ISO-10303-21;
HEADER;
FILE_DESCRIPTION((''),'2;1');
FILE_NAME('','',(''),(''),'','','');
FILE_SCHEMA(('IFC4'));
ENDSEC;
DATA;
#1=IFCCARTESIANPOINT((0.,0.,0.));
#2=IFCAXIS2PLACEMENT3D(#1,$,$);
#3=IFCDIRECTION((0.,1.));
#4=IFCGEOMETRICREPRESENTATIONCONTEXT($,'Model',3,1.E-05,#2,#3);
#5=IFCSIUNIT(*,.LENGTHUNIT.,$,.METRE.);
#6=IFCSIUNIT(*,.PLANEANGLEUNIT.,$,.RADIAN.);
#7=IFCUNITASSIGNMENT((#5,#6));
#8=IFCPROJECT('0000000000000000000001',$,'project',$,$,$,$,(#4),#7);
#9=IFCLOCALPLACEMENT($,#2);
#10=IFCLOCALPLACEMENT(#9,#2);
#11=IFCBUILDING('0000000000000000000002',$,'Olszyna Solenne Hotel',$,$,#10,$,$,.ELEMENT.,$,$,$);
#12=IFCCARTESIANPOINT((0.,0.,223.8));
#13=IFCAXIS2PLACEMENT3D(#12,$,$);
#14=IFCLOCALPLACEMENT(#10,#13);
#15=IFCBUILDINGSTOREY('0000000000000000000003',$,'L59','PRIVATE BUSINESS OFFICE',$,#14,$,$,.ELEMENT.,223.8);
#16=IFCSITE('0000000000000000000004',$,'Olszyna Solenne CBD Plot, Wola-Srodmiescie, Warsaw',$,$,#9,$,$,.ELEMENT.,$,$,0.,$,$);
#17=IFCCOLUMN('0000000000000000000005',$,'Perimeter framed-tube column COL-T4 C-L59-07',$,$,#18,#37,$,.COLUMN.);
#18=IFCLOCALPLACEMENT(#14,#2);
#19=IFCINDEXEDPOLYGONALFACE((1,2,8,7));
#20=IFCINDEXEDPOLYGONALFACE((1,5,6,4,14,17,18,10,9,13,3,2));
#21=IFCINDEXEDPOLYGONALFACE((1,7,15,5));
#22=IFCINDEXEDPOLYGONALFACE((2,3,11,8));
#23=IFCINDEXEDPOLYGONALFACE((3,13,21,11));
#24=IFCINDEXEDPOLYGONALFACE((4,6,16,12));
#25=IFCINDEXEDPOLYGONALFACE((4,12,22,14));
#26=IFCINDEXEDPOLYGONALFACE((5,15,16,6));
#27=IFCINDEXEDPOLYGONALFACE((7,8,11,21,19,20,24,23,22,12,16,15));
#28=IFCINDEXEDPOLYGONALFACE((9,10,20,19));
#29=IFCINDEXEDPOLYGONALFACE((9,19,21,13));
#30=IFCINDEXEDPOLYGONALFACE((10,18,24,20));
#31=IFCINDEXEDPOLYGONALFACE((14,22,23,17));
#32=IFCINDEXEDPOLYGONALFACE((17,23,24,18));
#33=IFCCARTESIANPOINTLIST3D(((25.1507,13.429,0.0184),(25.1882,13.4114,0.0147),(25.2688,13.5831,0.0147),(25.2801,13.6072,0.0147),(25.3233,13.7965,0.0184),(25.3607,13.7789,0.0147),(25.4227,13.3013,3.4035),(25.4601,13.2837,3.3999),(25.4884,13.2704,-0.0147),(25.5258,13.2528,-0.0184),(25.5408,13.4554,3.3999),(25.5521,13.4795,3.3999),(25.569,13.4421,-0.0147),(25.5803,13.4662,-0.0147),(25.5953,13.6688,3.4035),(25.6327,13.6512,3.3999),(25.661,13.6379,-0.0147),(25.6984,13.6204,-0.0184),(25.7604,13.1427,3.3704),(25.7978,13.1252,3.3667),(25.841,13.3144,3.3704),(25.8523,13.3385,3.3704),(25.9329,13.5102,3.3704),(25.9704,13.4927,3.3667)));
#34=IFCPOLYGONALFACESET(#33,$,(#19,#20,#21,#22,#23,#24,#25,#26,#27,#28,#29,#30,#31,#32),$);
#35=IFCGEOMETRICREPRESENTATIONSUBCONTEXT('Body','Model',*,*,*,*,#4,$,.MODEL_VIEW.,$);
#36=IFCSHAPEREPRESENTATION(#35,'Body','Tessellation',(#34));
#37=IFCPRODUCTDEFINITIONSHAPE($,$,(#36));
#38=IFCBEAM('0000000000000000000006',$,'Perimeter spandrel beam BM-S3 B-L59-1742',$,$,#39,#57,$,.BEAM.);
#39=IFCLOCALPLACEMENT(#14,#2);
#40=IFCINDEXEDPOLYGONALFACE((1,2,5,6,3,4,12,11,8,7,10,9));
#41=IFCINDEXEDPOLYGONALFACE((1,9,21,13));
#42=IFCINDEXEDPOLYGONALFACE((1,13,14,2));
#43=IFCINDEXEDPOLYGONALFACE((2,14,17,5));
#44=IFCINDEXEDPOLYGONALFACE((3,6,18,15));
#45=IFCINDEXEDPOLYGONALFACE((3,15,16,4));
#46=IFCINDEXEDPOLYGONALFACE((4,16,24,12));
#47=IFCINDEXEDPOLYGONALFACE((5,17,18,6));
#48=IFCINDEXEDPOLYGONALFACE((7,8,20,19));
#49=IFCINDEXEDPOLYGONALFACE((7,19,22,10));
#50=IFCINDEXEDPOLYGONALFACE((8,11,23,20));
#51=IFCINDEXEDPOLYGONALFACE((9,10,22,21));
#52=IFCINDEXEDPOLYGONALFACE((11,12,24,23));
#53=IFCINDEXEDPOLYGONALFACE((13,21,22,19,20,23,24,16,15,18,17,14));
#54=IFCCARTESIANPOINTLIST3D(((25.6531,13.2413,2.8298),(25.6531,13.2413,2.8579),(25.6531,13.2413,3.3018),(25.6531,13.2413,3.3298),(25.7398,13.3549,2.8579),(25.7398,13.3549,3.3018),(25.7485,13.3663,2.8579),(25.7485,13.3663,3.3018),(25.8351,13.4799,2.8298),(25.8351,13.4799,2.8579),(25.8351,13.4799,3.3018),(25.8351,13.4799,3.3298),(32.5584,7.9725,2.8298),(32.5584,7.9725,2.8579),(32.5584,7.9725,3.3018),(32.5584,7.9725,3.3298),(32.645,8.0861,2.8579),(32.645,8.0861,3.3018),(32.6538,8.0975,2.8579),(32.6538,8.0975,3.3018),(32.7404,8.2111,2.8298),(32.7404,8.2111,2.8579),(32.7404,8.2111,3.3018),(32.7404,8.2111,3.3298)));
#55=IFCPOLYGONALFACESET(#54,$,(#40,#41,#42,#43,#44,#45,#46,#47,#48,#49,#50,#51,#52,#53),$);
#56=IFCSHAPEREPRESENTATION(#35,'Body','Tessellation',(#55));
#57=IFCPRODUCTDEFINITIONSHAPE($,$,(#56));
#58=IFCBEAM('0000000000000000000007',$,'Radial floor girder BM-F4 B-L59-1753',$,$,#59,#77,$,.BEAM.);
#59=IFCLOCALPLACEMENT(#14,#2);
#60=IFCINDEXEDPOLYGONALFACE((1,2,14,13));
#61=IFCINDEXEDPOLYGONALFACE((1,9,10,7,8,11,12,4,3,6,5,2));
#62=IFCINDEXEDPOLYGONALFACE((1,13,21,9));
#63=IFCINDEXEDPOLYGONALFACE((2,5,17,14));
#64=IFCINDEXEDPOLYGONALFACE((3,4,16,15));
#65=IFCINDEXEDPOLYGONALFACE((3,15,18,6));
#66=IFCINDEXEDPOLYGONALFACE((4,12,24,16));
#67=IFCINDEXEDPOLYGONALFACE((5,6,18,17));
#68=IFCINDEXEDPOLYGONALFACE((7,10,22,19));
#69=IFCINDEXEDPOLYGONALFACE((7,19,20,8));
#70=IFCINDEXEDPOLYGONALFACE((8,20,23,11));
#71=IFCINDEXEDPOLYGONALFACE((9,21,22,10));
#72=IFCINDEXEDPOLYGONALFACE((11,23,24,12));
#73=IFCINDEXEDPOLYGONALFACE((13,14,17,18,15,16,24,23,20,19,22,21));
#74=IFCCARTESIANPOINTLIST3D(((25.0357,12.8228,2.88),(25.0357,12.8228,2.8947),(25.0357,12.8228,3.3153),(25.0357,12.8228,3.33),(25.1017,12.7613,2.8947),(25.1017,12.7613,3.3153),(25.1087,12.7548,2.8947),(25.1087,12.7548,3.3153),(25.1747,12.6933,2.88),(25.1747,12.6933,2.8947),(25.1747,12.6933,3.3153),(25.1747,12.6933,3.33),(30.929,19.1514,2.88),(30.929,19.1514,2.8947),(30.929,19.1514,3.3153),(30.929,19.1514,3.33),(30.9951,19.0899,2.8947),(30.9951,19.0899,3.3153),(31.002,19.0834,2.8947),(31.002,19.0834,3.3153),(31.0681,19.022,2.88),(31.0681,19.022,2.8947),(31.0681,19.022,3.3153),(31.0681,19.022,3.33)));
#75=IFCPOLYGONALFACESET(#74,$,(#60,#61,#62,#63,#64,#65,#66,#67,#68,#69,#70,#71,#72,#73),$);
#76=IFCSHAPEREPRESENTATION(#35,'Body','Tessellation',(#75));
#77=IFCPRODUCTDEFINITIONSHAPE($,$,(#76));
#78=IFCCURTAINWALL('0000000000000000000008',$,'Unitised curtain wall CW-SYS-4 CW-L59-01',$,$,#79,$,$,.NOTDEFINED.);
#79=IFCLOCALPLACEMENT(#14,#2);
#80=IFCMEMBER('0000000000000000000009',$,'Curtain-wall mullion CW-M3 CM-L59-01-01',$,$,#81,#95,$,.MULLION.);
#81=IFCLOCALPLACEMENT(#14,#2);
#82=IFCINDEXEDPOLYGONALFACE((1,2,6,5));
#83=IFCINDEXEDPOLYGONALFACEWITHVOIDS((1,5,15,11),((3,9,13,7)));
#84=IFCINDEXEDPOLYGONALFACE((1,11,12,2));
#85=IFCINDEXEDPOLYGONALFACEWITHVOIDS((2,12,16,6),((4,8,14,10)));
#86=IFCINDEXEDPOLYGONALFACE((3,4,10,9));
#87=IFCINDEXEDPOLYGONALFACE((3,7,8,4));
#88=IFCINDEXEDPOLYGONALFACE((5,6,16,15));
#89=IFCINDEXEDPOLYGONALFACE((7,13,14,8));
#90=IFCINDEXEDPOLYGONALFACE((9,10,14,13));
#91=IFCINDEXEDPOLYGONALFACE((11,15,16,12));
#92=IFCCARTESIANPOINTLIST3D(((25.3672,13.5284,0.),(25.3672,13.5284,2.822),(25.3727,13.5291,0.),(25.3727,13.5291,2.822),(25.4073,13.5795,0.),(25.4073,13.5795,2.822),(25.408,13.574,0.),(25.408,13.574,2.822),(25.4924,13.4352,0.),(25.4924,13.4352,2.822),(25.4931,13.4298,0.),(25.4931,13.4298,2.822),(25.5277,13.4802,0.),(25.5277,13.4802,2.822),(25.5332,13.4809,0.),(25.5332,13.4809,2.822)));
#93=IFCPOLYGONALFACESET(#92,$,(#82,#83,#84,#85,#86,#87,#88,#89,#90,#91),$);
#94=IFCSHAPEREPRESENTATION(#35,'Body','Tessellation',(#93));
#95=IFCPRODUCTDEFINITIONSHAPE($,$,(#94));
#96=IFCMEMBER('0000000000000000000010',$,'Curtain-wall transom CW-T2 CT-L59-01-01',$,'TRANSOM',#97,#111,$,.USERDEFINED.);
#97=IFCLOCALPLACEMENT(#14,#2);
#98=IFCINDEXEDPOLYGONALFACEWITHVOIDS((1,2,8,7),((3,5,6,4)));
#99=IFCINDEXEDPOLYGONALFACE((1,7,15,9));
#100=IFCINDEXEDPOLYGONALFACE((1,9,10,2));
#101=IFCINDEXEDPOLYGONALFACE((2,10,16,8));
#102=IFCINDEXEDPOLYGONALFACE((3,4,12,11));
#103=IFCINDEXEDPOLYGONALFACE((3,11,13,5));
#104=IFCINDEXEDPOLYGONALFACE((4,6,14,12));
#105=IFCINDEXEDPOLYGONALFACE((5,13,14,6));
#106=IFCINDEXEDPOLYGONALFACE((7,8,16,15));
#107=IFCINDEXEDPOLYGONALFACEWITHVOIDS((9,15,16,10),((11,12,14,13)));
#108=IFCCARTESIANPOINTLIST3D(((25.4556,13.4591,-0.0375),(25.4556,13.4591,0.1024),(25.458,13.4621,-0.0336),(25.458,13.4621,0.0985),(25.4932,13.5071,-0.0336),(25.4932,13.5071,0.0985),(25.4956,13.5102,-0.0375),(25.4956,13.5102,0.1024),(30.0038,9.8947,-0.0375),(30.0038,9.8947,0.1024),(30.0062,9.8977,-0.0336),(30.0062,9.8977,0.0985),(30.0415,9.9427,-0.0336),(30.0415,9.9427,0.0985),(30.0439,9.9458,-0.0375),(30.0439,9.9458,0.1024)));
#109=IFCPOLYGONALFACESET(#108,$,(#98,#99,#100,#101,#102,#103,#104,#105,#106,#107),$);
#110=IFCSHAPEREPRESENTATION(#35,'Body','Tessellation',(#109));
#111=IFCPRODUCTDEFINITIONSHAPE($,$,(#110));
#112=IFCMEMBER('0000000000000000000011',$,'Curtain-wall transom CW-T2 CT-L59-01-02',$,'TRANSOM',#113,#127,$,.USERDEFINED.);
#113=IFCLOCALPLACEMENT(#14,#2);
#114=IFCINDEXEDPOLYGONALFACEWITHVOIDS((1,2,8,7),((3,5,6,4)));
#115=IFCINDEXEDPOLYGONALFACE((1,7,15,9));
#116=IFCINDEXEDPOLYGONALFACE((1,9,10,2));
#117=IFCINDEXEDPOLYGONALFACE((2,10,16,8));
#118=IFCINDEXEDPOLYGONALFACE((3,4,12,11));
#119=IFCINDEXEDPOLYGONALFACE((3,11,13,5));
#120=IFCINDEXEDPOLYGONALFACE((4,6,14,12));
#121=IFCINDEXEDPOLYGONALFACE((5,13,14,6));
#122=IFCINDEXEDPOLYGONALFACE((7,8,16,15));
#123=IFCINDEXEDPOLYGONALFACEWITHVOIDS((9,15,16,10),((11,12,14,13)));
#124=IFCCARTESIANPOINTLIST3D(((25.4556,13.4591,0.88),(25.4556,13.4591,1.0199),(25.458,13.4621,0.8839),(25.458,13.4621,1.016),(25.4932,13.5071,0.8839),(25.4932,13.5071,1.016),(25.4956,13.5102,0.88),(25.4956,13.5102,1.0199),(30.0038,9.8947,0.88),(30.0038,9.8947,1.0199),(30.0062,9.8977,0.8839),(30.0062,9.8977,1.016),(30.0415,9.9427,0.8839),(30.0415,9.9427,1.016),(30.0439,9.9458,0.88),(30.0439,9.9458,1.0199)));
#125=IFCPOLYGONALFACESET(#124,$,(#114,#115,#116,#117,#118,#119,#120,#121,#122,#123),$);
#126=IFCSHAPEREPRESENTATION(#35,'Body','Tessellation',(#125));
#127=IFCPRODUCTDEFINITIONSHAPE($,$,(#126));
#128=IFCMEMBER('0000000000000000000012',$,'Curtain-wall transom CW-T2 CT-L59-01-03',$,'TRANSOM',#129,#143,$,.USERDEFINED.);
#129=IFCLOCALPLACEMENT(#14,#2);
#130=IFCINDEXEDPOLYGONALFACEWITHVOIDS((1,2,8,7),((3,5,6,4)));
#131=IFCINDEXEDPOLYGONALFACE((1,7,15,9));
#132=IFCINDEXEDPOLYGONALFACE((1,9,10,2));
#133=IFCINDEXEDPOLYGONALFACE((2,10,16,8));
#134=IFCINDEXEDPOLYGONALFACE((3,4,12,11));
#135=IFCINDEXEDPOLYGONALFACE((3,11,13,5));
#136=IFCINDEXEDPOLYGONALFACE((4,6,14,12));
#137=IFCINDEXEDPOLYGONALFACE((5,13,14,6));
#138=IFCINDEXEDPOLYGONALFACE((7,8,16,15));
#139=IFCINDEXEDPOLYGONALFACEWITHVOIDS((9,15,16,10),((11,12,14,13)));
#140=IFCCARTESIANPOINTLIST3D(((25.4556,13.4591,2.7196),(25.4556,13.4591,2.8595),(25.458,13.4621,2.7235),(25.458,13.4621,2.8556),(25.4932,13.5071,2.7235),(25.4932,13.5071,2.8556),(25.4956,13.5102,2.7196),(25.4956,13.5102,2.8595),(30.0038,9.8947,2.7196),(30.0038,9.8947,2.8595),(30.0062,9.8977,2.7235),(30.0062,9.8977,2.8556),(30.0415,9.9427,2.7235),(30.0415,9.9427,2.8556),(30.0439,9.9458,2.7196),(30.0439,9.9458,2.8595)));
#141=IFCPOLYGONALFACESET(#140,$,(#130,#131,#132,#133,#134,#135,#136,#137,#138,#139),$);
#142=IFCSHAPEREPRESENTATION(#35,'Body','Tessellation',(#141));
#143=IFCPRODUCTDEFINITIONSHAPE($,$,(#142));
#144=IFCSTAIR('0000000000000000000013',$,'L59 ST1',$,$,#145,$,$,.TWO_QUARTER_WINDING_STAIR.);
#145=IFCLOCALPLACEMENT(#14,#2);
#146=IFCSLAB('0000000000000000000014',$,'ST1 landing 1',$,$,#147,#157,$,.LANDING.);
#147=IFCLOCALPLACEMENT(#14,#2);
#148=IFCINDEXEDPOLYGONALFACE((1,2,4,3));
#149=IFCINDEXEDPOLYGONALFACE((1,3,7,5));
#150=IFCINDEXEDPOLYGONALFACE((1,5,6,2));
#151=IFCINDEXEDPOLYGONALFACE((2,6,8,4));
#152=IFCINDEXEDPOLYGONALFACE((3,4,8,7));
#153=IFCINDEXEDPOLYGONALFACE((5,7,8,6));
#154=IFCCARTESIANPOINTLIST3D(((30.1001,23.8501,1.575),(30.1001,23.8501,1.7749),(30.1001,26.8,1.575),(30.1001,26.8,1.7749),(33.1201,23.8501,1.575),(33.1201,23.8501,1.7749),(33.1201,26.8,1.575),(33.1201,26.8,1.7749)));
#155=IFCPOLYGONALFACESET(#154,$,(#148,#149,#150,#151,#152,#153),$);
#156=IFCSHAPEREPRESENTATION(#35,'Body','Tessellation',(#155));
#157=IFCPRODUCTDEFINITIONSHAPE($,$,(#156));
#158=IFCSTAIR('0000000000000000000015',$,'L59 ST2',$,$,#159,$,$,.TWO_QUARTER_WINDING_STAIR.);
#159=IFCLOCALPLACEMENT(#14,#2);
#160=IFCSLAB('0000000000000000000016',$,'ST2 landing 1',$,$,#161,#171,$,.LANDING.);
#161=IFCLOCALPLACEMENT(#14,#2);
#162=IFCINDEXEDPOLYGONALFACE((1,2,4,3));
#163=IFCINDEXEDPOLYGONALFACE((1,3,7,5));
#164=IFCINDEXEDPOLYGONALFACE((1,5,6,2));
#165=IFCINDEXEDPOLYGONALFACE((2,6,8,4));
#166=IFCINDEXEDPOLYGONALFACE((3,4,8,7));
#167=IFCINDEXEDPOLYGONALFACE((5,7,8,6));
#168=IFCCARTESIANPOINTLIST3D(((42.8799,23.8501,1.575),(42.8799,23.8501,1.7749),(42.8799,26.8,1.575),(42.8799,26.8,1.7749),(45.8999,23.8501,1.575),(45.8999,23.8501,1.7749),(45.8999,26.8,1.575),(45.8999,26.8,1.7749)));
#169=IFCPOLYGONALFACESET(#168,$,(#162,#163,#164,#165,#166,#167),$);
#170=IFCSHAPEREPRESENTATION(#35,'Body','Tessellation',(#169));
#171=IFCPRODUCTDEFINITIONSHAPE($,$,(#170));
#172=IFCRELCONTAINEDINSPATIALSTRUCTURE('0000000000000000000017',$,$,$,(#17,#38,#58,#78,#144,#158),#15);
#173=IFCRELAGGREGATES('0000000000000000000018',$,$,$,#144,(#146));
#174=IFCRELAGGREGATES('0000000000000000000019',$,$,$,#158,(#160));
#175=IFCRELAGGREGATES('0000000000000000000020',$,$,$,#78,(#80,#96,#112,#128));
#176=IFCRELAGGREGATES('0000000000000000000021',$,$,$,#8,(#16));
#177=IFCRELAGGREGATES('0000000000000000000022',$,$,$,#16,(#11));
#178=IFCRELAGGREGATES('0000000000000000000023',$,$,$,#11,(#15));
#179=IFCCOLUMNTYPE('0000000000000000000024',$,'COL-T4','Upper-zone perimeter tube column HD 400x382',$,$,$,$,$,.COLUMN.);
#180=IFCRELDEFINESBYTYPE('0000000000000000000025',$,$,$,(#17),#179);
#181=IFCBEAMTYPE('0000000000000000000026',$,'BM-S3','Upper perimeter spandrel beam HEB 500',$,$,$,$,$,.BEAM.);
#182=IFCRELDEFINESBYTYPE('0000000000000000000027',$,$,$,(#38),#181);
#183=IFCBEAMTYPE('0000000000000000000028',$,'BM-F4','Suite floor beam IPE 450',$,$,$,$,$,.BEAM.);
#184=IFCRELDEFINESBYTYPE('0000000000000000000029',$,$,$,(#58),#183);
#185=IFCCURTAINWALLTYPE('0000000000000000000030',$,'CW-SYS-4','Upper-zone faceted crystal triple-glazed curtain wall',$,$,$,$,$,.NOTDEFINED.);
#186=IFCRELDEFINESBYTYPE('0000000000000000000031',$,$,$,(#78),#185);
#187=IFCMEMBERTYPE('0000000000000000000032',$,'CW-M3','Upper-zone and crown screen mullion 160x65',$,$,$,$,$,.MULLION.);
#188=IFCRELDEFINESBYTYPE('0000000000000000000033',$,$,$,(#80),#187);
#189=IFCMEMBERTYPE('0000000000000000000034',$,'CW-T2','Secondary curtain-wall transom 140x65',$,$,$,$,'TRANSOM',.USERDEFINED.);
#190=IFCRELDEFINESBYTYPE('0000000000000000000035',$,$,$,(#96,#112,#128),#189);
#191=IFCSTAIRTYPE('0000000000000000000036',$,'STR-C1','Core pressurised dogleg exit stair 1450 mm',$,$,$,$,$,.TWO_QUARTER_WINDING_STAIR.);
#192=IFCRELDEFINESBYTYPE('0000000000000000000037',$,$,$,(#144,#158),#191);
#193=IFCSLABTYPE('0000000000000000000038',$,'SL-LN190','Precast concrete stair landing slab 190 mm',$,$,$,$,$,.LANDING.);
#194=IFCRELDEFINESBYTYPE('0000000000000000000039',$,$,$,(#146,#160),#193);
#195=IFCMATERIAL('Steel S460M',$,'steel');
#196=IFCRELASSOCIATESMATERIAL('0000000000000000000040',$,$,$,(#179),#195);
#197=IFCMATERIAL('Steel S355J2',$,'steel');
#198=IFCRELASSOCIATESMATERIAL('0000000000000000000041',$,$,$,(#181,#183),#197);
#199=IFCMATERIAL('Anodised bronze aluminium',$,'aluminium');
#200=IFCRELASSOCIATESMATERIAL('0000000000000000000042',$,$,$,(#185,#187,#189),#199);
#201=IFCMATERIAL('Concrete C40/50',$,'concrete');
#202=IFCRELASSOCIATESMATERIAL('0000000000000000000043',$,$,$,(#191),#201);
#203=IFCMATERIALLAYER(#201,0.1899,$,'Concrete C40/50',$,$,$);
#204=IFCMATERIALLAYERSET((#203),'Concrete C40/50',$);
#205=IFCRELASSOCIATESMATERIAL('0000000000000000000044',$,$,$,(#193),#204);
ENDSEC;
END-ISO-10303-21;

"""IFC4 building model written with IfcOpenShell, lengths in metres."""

from ifc_helpers import new_model, si_unit, direction, frame, origin, origin_2d, place, context, subcontext, project, spatial, polyline, hollow_rectangle, i_section, outline, extrude, source, transform, mapped, material, layer, layer_set, material_profile, profile_set, type_object, element, aggregate, save


model = new_model("IFC4")

# Units and contexts
model_context = context("Model", 3, precision=1e-05, world=origin(), true_north=direction((0.0, 1.0)))
body_context = subcontext(model_context, "Body", "Model", "MODEL_VIEW")
ifc_project = project(units=[si_unit("LENGTHUNIT", "METRE"), si_unit("PLANEANGLEUNIT", "RADIAN")], contexts=[model_context])

# Site, building, storey
site_placement = place(None, origin())
site = spatial("IfcSite", under=ifc_project, at=site_placement, Name="Olszyna Solenne CBD Plot, Wola-Srodmiescie, Warsaw", CompositionType="ELEMENT", RefElevation=0.0)
building_placement = place(site_placement, origin())
building = spatial("IfcBuilding", under=site, at=building_placement, Name="Olszyna Solenne Hotel", CompositionType="ELEMENT")
storey_placement = place(building_placement, frame((0.0, 0.0, 223.8)))
storey = spatial("IfcBuildingStorey", under=building, at=storey_placement, Name="L59", Description="PRIVATE BUSINESS OFFICE", CompositionType="ELEMENT", Elevation=223.8)

# Column
ifc_material_1 = material(Name="Steel S460M", Category="steel")
ifc_material_profile_1 = material_profile(ifc_material_1, i_section(OverallWidth=0.406, OverallDepth=0.416, WebThickness=0.0266, FlangeThickness=0.0415, at=origin_2d()), Name="HD 400x382", Category="load-bearing")
ifc_profile_set_1 = profile_set([ifc_material_profile_1], Name="Steel S460M")
column_type = type_object("IfcColumnType", Name="COL-T4", Description="Upper-zone perimeter tube column HD 400x382", PredefinedType="COLUMN", material=ifc_profile_set_1)
shared_shape_1 = source(origin(), body_context, "Body", "SweptSolid", [
    extrude(i_section(OverallWidth=0.406, OverallDepth=0.416, WebThickness=0.0266, FlangeThickness=0.0415, at=origin_2d()), origin(), (0.0, 0.0, 1.0), 3.3984),
])
column_placement = place(storey_placement, frame((25.4246, 13.5247, 0.0), z_axis=(0.080032, -0.037573, 0.996084), x_axis=(0.424975, 0.905205, 0.0)))
element("IfcColumn", 1, at=column_placement, inside=storey, type_object=column_type, Name="Perimeter framed-tube column COL-T4 C-L59-07", PredefinedType="COLUMN", context=body_context, shape_type="MappedRepresentation", body=[
    mapped(shared_shape_1, transform((0.0, 0.0, 0.0), x_axis=(1.0, 0.0, 0.0), y_axis=(0.0, 1.0, 0.0), z_axis=(0.0, 0.0, 1.0), scale=1.0)),
])

# Beams
ifc_material_2 = material(Name="Steel S355J2", Category="steel")
ifc_material_profile_2 = material_profile(ifc_material_2, i_section(OverallWidth=0.3, OverallDepth=0.5, WebThickness=0.0144, FlangeThickness=0.0281, at=origin_2d()), Name="HEB 500", Category="load-bearing")
ifc_profile_set_2 = profile_set([ifc_material_profile_2], Name="Steel S355J2")
beam_type_1 = type_object("IfcBeamType", Name="BM-S3", Description="Upper perimeter spandrel beam HEB 500", PredefinedType="BEAM", material=ifc_profile_set_2)
shared_shape_2 = source(origin(), body_context, "Body", "SweptSolid", [
    extrude(i_section(OverallWidth=0.3, OverallDepth=0.5, WebThickness=0.0144, FlangeThickness=0.0281, at=origin_2d()), origin(), (0.0, 0.0, 1.0), 8.6858),
])
beam_1_placement = place(storey_placement, frame((25.7441, 13.3606, 3.0798), z_axis=(0.795008, -0.606599, 0.0), x_axis=(0.606599, 0.795008, 0.0)))
element("IfcBeam", 2, at=beam_1_placement, inside=storey, type_object=beam_type_1, Name="Perimeter spandrel beam BM-S3 B-L59-1742", PredefinedType="BEAM", context=body_context, shape_type="MappedRepresentation", body=[
    mapped(shared_shape_2, transform((0.0, 0.0, 0.0), x_axis=(1.0, 0.0, 0.0), y_axis=(0.0, 1.0, 0.0), z_axis=(0.0, 0.0, 1.0), scale=1.0)),
])
ifc_material_profile_3 = material_profile(ifc_material_2, i_section(OverallWidth=0.1899, OverallDepth=0.45, WebThickness=0.0095, FlangeThickness=0.0146, at=origin_2d()), Name="IPE 450", Category="load-bearing")
ifc_profile_set_3 = profile_set([ifc_material_profile_3], Name="Steel S355J2")
beam_type_2 = type_object("IfcBeamType", Name="BM-F4", Description="Suite floor beam IPE 450", PredefinedType="BEAM", material=ifc_profile_set_3)
shared_shape_3 = source(origin(), body_context, "Body", "SweptSolid", [
    extrude(i_section(OverallWidth=0.1899, OverallDepth=0.45, WebThickness=0.0095, FlangeThickness=0.0146, at=origin_2d()), origin(), (0.0, 0.0, 1.0), 8.6477),
])
beam_2_placement = place(storey_placement, frame((25.1052, 12.7581, 3.105), z_axis=(0.68149, 0.731827, 0.0), x_axis=(-0.731827, 0.68149, 0.0)))
element("IfcBeam", 3, at=beam_2_placement, inside=storey, type_object=beam_type_2, Name="Radial floor girder BM-F4 B-L59-1753", PredefinedType="BEAM", context=body_context, shape_type="MappedRepresentation", body=[
    mapped(shared_shape_3, transform((0.0, 0.0, 0.0), x_axis=(1.0, 0.0, 0.0), y_axis=(0.0, 1.0, 0.0), z_axis=(0.0, 0.0, 1.0), scale=1.0)),
])

# Curtain wall, members
ifc_material_3 = material(Name="Anodised bronze aluminium", Category="aluminium")
curtain_wall_type = type_object("IfcCurtainWallType", Name="CW-SYS-4", Description="Upper-zone faceted crystal triple-glazed curtain wall", PredefinedType="NOTDEFINED", material=ifc_material_3)
curtain_wall_placement = place(storey_placement, origin())
curtain_wall = element("IfcCurtainWall", 4, at=curtain_wall_placement, inside=storey, type_object=curtain_wall_type, Name="Unitised curtain wall CW-SYS-4 CW-L59-01", PredefinedType="NOTDEFINED")
ifc_material_profile_4 = material_profile(ifc_material_3, hollow_rectangle(XDim=0.0649, YDim=0.1599, WallThickness=0.0039, at=origin_2d()), Name="MULL 160x65x4", Category="load-bearing")
ifc_profile_set_4 = profile_set([ifc_material_profile_4], Name="Anodised bronze aluminium")
member_type_1 = type_object("IfcMemberType", Name="CW-M3", Description="Upper-zone and crown screen mullion 160x65", PredefinedType="MULLION", material=ifc_profile_set_4)
shared_shape_4 = source(origin(), body_context, "Body", "SweptSolid", [
    extrude(hollow_rectangle(XDim=0.0649, YDim=0.1599, WallThickness=0.0039, at=origin_2d()), origin(), (0.0, 0.0, 1.0), 2.822),
])
member_1_placement = place(storey_placement, frame((25.4502, 13.5046, 0.0), z_axis=(0.0, 0.0, 1.0), x_axis=(0.616851, 0.78708, 0.0)))
member_1 = element("IfcMember", 5, at=member_1_placement, type_object=member_type_1, Name="Curtain-wall mullion CW-M3 CM-L59-01-01", PredefinedType="MULLION", context=body_context, shape_type="MappedRepresentation", body=[
    mapped(shared_shape_4, transform((0.0, 0.0, 0.0), x_axis=(1.0, 0.0, 0.0), y_axis=(0.0, 1.0, 0.0), z_axis=(0.0, 0.0, 1.0), scale=1.0)),
])
ifc_material_profile_5 = material_profile(ifc_material_3, hollow_rectangle(XDim=0.0649, YDim=0.1399, WallThickness=0.0039, at=origin_2d()), Name="TRAN 140x65x4", Category="load-bearing")
ifc_profile_set_5 = profile_set([ifc_material_profile_5], Name="Anodised bronze aluminium")
member_type_2 = type_object("IfcMemberType", Name="CW-T2", Description="Secondary curtain-wall transom 140x65", ElementType="TRANSOM", PredefinedType="USERDEFINED", material=ifc_profile_set_5)
shared_shape_5 = source(origin(), body_context, "Body", "SweptSolid", [
    extrude(hollow_rectangle(XDim=0.0649, YDim=0.1399, WallThickness=0.0039, at=origin_2d()), origin(), (0.0, 0.0, 1.0), 5.7786),
])
member_2_placement = place(storey_placement, frame((25.4756, 13.4846, 0.0325), z_axis=(0.787095, -0.616832, 0.0), x_axis=(0.616832, 0.787095, 0.0)))
member_2 = element("IfcMember", 6, at=member_2_placement, type_object=member_type_2, Name="Curtain-wall transom CW-T2 CT-L59-01-01", ObjectType="TRANSOM", PredefinedType="USERDEFINED", context=body_context, shape_type="MappedRepresentation", body=[
    mapped(shared_shape_5, transform((0.0, 0.0, 0.0), x_axis=(1.0, 0.0, 0.0), y_axis=(0.0, 1.0, 0.0), z_axis=(0.0, 0.0, 1.0), scale=1.0)),
])
member_3_placement = place(storey_placement, frame((25.4756, 13.4846, 0.95), z_axis=(0.787095, -0.616832, 0.0), x_axis=(0.616832, 0.787095, 0.0)))
member_3 = element("IfcMember", 7, at=member_3_placement, type_object=member_type_2, Name="Curtain-wall transom CW-T2 CT-L59-01-02", ObjectType="TRANSOM", PredefinedType="USERDEFINED", context=body_context, shape_type="MappedRepresentation", body=[
    mapped(shared_shape_5, transform((0.0, 0.0, 0.0), x_axis=(1.0, 0.0, 0.0), y_axis=(0.0, 1.0, 0.0), z_axis=(0.0, 0.0, 1.0), scale=1.0)),
])
member_4_placement = place(storey_placement, frame((25.4756, 13.4846, 2.7896), z_axis=(0.787095, -0.616832, 0.0), x_axis=(0.616832, 0.787095, 0.0)))
member_4 = element("IfcMember", 8, at=member_4_placement, type_object=member_type_2, Name="Curtain-wall transom CW-T2 CT-L59-01-03", ObjectType="TRANSOM", PredefinedType="USERDEFINED", context=body_context, shape_type="MappedRepresentation", body=[
    mapped(shared_shape_5, transform((0.0, 0.0, 0.0), x_axis=(1.0, 0.0, 0.0), y_axis=(0.0, 1.0, 0.0), z_axis=(0.0, 0.0, 1.0), scale=1.0)),
])

# Stairs, slabs
ifc_material_4 = material(Name="Concrete C40/50", Category="concrete")
stair_type = type_object("IfcStairType", Name="STR-C1", Description="Core pressurised dogleg exit stair 1450 mm", PredefinedType="TWO_QUARTER_WINDING_STAIR", material=ifc_material_4)
stair_1_placement = place(storey_placement, origin())
stair_1 = element("IfcStair", 9, at=stair_1_placement, inside=storey, type_object=stair_type, Name="L59 ST1", PredefinedType="TWO_QUARTER_WINDING_STAIR")
ifc_layer_1 = layer(ifc_material_4, 0.1899, Name="Concrete C40/50")
ifc_layer_set_1 = layer_set([ifc_layer_1], Name="Concrete C40/50")
slab_type_1 = type_object("IfcSlabType", Name="SL-LN190", Description="Precast concrete stair landing slab 190 mm", PredefinedType="LANDING", material=ifc_layer_set_1)
slab_1_placement = place(storey_placement, frame((0.0, 0.0, 1.575)))
slab_1 = element("IfcSlab", 10, at=slab_1_placement, type_object=slab_type_1, Name="ST1 landing 1", PredefinedType="LANDING", context=body_context, shape_type="SweptSolid", body=[
    extrude(outline(polyline([(33.1201, 23.8501), (33.1201, 26.8), (30.1001, 26.8), (30.1001, 23.8501), (33.1201, 23.8501)])), origin(), (0.0, 0.0, 1.0), 0.2),
])
aggregate(stair_1, [slab_1])
stair_2_placement = place(storey_placement, origin())
stair_2 = element("IfcStair", 11, at=stair_2_placement, inside=storey, type_object=stair_type, Name="L59 ST2", PredefinedType="TWO_QUARTER_WINDING_STAIR")
slab_2_placement = place(storey_placement, frame((0.0, 0.0, 1.575)))
slab_2 = element("IfcSlab", 12, at=slab_2_placement, type_object=slab_type_1, Name="ST2 landing 1", PredefinedType="LANDING", context=body_context, shape_type="SweptSolid", body=[
    extrude(outline(polyline([(45.8999, 23.8501), (45.8999, 26.8), (42.8799, 26.8), (42.8799, 23.8501), (45.8999, 23.8501)])), origin(), (0.0, 0.0, 1.0), 0.2),
])
aggregate(stair_2, [slab_2])

aggregate(curtain_wall, [member_1, member_2, member_3, member_4])

save(model, "model.ifc")
